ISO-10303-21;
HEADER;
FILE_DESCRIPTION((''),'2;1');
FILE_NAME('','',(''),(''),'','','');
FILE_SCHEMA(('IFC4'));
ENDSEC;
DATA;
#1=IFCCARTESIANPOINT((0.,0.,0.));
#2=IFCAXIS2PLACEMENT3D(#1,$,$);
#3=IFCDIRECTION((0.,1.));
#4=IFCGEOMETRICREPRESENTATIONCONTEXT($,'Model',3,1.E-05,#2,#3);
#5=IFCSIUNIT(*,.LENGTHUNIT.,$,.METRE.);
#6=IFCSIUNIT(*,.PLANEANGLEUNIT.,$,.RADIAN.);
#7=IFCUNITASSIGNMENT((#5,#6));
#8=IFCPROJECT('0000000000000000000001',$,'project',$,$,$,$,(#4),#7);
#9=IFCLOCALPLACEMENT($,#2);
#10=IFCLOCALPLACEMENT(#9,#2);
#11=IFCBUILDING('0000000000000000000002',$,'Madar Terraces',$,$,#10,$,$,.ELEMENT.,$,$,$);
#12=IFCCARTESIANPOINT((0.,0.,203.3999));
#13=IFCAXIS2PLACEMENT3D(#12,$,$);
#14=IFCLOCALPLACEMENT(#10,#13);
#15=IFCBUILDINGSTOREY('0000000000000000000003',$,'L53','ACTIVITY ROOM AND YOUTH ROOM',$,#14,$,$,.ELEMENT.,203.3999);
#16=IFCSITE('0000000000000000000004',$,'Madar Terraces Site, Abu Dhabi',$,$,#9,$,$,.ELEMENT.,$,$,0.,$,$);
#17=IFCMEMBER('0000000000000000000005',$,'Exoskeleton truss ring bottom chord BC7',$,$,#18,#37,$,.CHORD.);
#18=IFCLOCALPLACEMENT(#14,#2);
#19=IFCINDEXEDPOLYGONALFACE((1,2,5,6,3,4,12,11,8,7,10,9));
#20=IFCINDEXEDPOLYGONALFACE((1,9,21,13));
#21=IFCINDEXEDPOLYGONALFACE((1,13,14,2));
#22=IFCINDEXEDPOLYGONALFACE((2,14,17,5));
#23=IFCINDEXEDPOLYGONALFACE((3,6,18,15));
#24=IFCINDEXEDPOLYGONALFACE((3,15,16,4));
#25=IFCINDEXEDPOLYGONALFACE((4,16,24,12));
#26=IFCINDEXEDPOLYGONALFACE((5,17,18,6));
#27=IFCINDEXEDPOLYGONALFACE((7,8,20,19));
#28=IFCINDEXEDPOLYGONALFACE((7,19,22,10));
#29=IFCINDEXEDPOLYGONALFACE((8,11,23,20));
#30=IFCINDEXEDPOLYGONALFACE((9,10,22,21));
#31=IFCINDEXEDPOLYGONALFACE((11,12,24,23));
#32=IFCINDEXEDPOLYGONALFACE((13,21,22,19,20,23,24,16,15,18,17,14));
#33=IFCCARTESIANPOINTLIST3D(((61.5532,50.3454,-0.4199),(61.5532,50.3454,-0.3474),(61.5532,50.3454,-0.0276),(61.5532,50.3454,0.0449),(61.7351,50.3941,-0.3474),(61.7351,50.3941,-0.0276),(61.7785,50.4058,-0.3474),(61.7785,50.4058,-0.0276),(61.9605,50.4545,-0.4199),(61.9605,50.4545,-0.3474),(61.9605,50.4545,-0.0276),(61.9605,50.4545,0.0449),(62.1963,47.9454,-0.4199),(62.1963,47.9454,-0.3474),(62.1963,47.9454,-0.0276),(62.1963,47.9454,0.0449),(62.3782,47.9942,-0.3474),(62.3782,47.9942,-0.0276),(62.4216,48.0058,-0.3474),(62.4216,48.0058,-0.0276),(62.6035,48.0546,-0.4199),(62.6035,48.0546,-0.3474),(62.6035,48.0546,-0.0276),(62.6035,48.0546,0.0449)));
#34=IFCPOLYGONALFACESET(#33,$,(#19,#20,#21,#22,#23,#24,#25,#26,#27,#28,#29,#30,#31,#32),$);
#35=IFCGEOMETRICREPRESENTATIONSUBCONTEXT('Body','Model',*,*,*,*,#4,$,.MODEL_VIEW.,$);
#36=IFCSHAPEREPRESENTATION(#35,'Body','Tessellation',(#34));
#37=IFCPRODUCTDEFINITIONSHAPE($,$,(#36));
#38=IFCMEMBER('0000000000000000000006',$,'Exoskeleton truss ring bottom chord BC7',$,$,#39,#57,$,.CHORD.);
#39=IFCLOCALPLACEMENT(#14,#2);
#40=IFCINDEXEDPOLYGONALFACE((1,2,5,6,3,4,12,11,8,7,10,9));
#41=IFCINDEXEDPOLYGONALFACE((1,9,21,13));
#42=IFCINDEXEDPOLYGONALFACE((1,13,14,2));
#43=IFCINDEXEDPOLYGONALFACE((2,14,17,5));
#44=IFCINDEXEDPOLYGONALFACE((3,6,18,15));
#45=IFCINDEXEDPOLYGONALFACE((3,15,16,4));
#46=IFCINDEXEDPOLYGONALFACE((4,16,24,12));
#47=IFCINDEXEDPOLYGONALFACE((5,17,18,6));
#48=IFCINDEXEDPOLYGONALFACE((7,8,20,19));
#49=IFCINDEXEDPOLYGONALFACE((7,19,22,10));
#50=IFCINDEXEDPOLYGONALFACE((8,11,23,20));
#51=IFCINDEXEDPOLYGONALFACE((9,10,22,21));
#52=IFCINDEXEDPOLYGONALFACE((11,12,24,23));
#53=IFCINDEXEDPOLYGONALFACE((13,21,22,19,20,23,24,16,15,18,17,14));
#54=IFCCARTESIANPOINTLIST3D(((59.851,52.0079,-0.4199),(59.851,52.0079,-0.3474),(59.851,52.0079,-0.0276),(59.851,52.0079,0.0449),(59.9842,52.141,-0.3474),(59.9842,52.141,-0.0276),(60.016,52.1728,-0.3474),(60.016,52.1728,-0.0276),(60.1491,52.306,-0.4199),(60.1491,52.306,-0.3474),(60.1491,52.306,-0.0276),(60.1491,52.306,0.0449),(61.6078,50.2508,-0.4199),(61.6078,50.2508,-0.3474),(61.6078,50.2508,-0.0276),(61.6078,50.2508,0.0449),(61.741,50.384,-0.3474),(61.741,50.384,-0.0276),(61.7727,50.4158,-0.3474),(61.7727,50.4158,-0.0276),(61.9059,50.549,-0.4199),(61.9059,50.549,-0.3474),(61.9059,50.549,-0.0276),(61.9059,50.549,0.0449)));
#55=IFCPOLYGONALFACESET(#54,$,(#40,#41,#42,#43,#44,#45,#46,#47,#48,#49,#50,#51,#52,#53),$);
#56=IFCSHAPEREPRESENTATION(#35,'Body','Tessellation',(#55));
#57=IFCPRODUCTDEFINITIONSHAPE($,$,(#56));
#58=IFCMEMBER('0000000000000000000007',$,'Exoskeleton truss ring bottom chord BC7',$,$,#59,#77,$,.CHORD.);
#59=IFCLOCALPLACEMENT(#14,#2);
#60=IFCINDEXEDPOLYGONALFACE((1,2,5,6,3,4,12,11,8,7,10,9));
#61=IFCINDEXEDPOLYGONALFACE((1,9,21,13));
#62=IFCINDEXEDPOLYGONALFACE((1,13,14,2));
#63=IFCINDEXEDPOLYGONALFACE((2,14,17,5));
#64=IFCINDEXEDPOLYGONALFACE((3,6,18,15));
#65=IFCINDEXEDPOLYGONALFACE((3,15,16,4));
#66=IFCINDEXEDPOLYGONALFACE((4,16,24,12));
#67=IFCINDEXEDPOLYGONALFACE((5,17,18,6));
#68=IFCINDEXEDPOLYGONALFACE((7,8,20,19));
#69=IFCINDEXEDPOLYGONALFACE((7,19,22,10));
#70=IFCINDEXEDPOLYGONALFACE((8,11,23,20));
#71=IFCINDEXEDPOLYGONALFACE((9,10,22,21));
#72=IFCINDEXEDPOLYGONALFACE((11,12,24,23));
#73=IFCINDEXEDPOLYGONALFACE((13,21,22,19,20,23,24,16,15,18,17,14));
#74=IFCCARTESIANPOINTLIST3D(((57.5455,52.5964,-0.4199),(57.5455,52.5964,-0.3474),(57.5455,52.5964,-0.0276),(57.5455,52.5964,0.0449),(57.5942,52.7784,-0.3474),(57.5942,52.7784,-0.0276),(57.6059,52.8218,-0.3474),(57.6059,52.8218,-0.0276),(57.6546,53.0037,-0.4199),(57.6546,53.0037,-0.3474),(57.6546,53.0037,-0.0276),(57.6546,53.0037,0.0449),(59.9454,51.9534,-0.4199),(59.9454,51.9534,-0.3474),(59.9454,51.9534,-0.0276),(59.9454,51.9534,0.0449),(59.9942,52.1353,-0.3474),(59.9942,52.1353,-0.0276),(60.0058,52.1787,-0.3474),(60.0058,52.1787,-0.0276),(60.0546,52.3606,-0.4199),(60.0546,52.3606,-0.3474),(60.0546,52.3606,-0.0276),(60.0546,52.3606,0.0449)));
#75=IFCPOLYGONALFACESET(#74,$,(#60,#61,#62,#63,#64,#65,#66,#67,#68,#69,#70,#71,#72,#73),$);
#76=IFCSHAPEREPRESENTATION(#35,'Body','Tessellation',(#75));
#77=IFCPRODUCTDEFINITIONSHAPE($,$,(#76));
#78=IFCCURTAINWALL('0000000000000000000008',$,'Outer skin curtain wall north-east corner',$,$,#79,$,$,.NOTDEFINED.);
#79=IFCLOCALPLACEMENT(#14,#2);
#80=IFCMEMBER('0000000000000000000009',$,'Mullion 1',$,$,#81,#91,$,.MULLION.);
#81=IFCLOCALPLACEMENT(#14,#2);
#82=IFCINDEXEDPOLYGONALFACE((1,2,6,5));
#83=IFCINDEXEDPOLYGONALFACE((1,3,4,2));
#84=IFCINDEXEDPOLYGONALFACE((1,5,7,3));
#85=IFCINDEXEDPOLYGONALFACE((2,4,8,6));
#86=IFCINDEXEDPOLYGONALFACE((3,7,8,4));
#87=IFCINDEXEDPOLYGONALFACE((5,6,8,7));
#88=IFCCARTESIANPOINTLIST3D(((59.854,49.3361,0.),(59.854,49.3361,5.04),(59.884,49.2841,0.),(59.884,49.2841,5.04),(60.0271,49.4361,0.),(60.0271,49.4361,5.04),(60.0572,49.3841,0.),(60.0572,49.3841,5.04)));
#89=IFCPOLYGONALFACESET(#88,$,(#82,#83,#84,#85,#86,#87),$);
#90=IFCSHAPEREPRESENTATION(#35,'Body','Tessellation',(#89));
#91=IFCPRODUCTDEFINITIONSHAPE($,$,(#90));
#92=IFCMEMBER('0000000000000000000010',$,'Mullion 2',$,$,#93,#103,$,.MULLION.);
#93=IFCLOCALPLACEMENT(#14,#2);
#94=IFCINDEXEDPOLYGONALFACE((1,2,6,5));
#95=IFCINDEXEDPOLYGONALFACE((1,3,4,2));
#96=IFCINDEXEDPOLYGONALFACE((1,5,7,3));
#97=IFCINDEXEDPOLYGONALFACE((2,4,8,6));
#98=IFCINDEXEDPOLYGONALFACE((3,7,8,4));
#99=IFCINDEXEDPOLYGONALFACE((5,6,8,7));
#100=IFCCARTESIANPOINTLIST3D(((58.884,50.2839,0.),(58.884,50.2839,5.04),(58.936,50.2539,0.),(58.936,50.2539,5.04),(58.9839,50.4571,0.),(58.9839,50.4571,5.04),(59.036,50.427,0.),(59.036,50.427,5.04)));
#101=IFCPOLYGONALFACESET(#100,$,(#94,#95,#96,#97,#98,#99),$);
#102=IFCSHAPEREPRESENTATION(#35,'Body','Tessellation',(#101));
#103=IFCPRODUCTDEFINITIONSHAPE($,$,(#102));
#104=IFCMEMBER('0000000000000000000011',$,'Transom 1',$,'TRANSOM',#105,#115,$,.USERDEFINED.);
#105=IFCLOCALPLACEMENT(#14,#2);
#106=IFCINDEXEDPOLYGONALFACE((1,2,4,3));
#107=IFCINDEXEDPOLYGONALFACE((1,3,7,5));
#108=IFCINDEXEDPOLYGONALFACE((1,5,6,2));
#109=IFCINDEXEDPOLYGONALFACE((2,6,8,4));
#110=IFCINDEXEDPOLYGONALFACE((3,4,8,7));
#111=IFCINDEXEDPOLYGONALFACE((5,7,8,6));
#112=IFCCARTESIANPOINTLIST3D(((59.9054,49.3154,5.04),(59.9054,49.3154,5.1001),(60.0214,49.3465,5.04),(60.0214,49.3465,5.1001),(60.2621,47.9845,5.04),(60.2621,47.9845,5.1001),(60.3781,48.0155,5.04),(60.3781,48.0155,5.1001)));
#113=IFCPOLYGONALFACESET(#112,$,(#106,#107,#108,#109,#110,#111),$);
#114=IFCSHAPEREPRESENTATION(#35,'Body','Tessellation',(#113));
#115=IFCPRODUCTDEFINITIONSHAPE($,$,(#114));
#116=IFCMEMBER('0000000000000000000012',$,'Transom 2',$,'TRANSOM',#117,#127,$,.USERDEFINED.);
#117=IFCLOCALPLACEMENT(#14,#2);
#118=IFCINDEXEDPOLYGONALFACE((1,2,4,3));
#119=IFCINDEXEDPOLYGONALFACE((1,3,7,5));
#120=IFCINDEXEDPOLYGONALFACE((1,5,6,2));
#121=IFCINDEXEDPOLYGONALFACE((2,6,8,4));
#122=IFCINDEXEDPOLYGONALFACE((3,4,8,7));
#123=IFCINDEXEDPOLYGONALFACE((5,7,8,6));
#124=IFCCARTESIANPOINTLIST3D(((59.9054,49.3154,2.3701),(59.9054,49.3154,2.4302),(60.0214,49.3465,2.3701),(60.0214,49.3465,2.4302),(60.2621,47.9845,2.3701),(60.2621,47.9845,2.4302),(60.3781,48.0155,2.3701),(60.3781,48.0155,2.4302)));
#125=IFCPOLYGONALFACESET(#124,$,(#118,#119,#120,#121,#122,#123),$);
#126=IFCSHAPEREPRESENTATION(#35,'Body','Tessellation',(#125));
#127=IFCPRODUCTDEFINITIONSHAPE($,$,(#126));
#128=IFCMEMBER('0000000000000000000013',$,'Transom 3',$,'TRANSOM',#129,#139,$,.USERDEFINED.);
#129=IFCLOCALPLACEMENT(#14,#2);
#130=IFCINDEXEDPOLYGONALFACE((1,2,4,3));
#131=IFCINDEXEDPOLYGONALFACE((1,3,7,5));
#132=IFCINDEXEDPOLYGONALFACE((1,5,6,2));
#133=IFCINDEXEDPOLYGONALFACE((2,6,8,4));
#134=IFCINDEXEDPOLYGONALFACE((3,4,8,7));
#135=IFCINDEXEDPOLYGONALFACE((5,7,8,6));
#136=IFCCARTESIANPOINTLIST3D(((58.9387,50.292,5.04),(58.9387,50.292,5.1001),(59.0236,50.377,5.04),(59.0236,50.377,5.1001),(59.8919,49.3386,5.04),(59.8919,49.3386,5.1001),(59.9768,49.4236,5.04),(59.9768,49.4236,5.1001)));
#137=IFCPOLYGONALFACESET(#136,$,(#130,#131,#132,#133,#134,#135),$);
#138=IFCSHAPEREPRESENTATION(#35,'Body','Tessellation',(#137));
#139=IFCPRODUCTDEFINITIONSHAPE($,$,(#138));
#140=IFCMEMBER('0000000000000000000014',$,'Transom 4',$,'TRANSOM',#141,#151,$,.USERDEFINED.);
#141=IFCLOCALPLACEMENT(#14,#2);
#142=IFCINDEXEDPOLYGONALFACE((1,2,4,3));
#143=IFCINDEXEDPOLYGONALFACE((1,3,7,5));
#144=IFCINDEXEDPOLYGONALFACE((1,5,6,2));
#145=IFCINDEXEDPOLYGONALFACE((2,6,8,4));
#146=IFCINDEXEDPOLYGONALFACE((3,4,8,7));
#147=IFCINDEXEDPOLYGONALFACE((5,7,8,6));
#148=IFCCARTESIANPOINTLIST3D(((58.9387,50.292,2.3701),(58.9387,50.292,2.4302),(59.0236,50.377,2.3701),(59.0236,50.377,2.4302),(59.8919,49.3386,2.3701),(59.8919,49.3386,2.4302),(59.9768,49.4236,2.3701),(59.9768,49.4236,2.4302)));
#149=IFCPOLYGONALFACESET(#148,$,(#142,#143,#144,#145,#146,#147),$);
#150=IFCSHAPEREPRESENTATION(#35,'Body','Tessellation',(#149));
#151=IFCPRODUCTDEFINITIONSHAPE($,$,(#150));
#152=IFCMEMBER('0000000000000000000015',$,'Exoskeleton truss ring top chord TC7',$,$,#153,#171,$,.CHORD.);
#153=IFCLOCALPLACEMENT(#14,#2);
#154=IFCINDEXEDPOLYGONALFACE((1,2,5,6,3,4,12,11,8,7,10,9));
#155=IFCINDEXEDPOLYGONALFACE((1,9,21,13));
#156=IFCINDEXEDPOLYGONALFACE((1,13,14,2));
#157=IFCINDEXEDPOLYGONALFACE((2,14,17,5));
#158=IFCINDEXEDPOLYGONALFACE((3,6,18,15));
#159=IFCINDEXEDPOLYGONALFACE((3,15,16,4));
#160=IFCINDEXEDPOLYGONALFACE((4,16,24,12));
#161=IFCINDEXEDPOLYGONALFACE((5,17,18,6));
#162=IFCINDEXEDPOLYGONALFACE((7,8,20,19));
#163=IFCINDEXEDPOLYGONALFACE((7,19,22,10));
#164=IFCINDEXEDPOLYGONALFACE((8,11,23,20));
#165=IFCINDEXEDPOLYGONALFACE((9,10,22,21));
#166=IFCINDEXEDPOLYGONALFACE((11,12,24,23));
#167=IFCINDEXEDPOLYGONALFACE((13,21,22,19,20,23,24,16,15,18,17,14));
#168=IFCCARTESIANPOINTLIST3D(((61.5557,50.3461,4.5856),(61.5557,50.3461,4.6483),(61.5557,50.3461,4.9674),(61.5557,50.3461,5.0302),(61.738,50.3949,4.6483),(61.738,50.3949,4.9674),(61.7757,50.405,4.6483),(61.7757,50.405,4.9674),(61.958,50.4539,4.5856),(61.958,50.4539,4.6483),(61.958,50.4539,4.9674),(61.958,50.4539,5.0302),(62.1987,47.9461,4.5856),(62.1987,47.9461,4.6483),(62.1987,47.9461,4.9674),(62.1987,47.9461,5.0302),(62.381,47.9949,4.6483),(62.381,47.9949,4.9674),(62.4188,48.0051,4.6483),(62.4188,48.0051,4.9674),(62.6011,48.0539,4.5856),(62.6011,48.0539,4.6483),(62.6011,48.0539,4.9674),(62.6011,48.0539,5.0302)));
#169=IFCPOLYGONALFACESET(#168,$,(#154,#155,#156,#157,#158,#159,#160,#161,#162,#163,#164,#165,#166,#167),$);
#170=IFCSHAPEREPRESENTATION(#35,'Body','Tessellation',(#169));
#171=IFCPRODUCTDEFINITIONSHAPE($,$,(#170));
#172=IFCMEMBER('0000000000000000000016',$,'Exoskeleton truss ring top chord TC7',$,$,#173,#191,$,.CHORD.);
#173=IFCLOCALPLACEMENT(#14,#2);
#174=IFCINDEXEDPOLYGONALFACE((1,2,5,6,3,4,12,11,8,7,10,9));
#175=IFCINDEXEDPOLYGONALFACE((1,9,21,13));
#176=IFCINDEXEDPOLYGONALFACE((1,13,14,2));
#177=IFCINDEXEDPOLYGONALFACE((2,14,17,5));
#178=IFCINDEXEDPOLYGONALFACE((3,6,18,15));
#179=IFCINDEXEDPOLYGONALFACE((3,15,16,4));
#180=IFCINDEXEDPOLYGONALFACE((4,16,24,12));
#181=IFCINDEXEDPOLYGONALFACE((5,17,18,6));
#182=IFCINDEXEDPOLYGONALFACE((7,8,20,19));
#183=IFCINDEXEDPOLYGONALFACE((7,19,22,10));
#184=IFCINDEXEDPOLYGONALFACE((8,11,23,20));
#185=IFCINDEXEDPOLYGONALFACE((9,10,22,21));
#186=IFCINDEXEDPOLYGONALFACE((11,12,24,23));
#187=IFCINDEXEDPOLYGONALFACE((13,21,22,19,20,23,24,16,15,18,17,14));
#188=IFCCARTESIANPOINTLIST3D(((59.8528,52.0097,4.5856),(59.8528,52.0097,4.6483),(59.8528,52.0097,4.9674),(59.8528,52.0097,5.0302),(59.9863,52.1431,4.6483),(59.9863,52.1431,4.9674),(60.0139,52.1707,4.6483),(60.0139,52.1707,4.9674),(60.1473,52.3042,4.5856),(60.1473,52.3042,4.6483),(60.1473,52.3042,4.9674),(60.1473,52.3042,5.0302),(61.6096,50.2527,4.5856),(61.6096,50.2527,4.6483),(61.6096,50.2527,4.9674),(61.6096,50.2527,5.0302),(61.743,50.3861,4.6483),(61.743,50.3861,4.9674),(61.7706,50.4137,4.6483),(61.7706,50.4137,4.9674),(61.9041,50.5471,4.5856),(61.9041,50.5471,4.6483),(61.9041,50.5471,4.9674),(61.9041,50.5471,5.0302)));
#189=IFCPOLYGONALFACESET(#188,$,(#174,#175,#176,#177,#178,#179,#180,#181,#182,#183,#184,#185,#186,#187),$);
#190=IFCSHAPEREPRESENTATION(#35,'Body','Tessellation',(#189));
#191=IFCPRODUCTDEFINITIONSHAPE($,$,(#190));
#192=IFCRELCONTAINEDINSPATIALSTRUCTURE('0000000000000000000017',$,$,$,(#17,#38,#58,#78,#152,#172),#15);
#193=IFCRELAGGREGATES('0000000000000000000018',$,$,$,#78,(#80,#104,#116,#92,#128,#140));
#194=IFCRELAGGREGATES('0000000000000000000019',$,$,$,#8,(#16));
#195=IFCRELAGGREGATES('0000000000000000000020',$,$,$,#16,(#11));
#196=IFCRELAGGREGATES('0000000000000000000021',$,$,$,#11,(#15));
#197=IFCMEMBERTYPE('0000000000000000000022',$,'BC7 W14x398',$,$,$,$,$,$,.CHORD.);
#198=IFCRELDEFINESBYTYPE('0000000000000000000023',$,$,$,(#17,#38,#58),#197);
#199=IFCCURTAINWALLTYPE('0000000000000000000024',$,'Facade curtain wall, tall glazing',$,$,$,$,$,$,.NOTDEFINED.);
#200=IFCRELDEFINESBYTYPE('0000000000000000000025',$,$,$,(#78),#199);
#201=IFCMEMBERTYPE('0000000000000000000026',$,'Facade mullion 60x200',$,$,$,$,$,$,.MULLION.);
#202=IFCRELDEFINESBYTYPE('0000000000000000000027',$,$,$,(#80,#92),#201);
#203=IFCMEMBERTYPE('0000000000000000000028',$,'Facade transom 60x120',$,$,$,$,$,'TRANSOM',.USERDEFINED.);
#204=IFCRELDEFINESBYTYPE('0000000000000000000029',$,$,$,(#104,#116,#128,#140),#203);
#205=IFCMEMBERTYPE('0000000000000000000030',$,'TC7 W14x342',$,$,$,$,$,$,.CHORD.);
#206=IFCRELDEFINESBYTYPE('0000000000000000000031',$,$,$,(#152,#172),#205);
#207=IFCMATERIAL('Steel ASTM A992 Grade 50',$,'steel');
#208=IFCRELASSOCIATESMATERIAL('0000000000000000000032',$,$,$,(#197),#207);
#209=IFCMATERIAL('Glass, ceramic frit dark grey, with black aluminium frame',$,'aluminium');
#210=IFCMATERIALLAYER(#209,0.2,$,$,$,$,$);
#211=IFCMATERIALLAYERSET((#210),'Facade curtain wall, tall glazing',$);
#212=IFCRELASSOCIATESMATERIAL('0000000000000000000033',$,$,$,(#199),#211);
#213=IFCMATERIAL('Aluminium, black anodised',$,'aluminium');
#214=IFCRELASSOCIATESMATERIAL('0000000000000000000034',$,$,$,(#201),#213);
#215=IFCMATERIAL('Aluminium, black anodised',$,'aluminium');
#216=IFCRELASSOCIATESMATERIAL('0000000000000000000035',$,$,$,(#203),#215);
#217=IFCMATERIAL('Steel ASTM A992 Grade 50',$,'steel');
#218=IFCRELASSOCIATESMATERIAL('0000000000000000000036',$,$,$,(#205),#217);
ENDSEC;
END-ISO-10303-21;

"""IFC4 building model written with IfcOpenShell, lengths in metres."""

from ifc_helpers import new_model, si_unit, direction, frame, origin, origin_2d, place, context, subcontext, project, spatial, rectangle, i_section, extrude, material, layer, layer_set, material_profile, profile_set, type_object, element, aggregate, save


model = new_model("IFC4")

# Units and contexts
model_context = context("Model", 3, precision=1e-05, world=origin(), true_north=direction((0.0, 1.0)))
body_context = subcontext(model_context, "Body", "Model", "MODEL_VIEW")
ifc_project = project(units=[si_unit("LENGTHUNIT", "METRE"), si_unit("PLANEANGLEUNIT", "RADIAN")], contexts=[model_context])

# Site, building, storey
site_placement = place(None, origin())
site = spatial("IfcSite", under=ifc_project, at=site_placement, Name="Madar Terraces Site, Abu Dhabi", CompositionType="ELEMENT", RefElevation=0.0)
building_placement = place(site_placement, origin())
building = spatial("IfcBuilding", under=site, at=building_placement, Name="Madar Terraces", CompositionType="ELEMENT")
storey_placement = place(building_placement, frame((0.0, 0.0, 203.3999)))
storey = spatial("IfcBuildingStorey", under=building, at=storey_placement, Name="L53", Description="ACTIVITY ROOM AND YOUTH ROOM", CompositionType="ELEMENT", Elevation=203.3999)

# Members
ifc_material_1 = material(Name="Steel ASTM A992 Grade 50", Category="steel")
ifc_material_profile_1 = material_profile(ifc_material_1, i_section(OverallWidth=0.4216, OverallDepth=0.4648, WebThickness=0.0449, FlangeThickness=0.0725, at=origin_2d()), Name="W14x398")
ifc_profile_set_1 = profile_set([ifc_material_profile_1], Name="Steel ASTM A992 Grade 50")
member_type_1 = type_object("IfcMemberType", Name="BC7 W14x398", PredefinedType="CHORD", material=ifc_profile_set_1)
for number, where, z_axis, x_axis, name in (
    (1, (62.3999, 48.0, -0.1875), (-0.258824, 0.965924, 0.0), (-0.965924, -0.258824, 0.0), "Exoskeleton truss ring bottom chord BC7"),
    (2, (61.7568, 50.3999, -0.1875), (-0.707058, 0.707156, 0.0), (-0.707156, -0.707058, 0.0), "Exoskeleton truss ring bottom chord BC7"),
    (3, (60.0, 52.157, -0.1875), (-0.965924, 0.258824, 0.0), (-0.258824, -0.965924, 0.0), "Exoskeleton truss ring bottom chord BC7"),
):
    element("IfcMember", number, at=place(storey_placement, frame(where, z_axis=z_axis, x_axis=x_axis)), inside=storey, type_object=member_type_1, Name=name, PredefinedType="CHORD", context=body_context, shape_type="SweptSolid", body=[
        extrude(i_section(OverallWidth=0.4216, OverallDepth=0.4648, WebThickness=0.0449, FlangeThickness=0.0725, at=origin_2d()), origin(), (0.0, 0.0, 1.0), 2.4846),
    ])

# Curtain wall, members
ifc_material_2 = material(Name="Glass, ceramic frit dark grey, with black aluminium frame", Category="aluminium")
ifc_layer_1 = layer(ifc_material_2, 0.2)
ifc_layer_set_1 = layer_set([ifc_layer_1], Name="Facade curtain wall, tall glazing")
curtain_wall_type = type_object("IfcCurtainWallType", Name="Facade curtain wall, tall glazing", PredefinedType="NOTDEFINED", material=ifc_layer_set_1)
curtain_wall_1_placement = place(storey_placement, origin())
curtain_wall_1 = element("IfcCurtainWall", 4, at=curtain_wall_1_placement, inside=storey, type_object=curtain_wall_type, Name="Outer skin curtain wall north-east corner", PredefinedType="NOTDEFINED")
ifc_material_3 = material(Name="Aluminium, black anodised", Category="aluminium")
ifc_material_profile_2 = material_profile(ifc_material_3, rectangle(XDim=0.2, YDim=0.0601, at=origin_2d()), Name="Facade mullion 60x200")
ifc_profile_set_2 = profile_set([ifc_material_profile_2], Name="Aluminium, black anodised")
member_type_2 = type_object("IfcMemberType", Name="Facade mullion 60x200", PredefinedType="MULLION", material=ifc_profile_set_2)
member_1_placement = place(storey_placement, frame((59.9556, 49.3601, 0.0), z_axis=(0.0, 0.0, 1.0), x_axis=(-0.866025, -0.5, 0.0)))
member_1 = element("IfcMember", 5, at=member_1_placement, type_object=member_type_2, Name="Mullion 1", PredefinedType="MULLION", context=body_context, shape_type="SweptSolid", body=[
    extrude(rectangle(XDim=0.2, YDim=0.0601, at=origin_2d()), origin(), (0.0, 0.0, 1.0), 5.04),
])
member_2_placement = place(storey_placement, frame((58.96, 50.3555, 0.0), z_axis=(0.0, 0.0, 1.0), x_axis=(-0.5, -0.866025, 0.0)))
member_2 = element("IfcMember", 6, at=member_2_placement, type_object=member_type_2, Name="Mullion 2", PredefinedType="MULLION", context=body_context, shape_type="SweptSolid", body=[
    extrude(rectangle(XDim=0.2, YDim=0.0601, at=origin_2d()), origin(), (0.0, 0.0, 1.0), 5.04),
])
ifc_material_4 = material(Name="Aluminium, black anodised", Category="aluminium")
ifc_material_profile_3 = material_profile(ifc_material_4, rectangle(XDim=0.1201, YDim=0.0601, at=origin_2d()), Name="Facade transom 60x120")
ifc_profile_set_3 = profile_set([ifc_material_profile_3], Name="Aluminium, black anodised")
member_type_3 = type_object("IfcMemberType", Name="Facade transom 60x120", ElementType="TRANSOM", PredefinedType="USERDEFINED", material=ifc_profile_set_3)
member_3_placement = place(storey_placement, frame((60.3201, 48.0, 5.0701), z_axis=(-0.258842, 0.96592, 0.0), x_axis=(-0.96592, -0.258842, 0.0)))
member_3 = element("IfcMember", 7, at=member_3_placement, type_object=member_type_3, Name="Transom 1", ObjectType="TRANSOM", PredefinedType="USERDEFINED", context=body_context, shape_type="SweptSolid", body=[
    extrude(rectangle(XDim=0.1201, YDim=0.0601, at=origin_2d()), origin(), (0.0, 0.0, 1.0), 1.3779),
])
member_4_placement = place(storey_placement, frame((60.3201, 48.0, 2.4001), z_axis=(-0.258842, 0.96592, 0.0), x_axis=(-0.96592, -0.258842, 0.0)))
member_4 = element("IfcMember", 8, at=member_4_placement, type_object=member_type_3, Name="Transom 2", ObjectType="TRANSOM", PredefinedType="USERDEFINED", context=body_context, shape_type="SweptSolid", body=[
    extrude(rectangle(XDim=0.1201, YDim=0.0601, at=origin_2d()), origin(), (0.0, 0.0, 1.0), 1.3779),
])
member_5_placement = place(storey_placement, frame((59.9343, 49.3811, 5.0701), z_axis=(-0.707016, 0.707197, 0.0), x_axis=(-0.707197, -0.707016, 0.0)))
member_5 = element("IfcMember", 9, at=member_5_placement, type_object=member_type_3, Name="Transom 3", ObjectType="TRANSOM", PredefinedType="USERDEFINED", context=body_context, shape_type="SweptSolid", body=[
    extrude(rectangle(XDim=0.1201, YDim=0.0601, at=origin_2d()), origin(), (0.0, 0.0, 1.0), 1.3481),
])
member_6_placement = place(storey_placement, frame((59.9343, 49.3811, 2.4001), z_axis=(-0.707016, 0.707197, 0.0), x_axis=(-0.707197, -0.707016, 0.0)))
member_6 = element("IfcMember", 10, at=member_6_placement, type_object=member_type_3, Name="Transom 4", ObjectType="TRANSOM", PredefinedType="USERDEFINED", context=body_context, shape_type="SweptSolid", body=[
    extrude(rectangle(XDim=0.1201, YDim=0.0601, at=origin_2d()), origin(), (0.0, 0.0, 1.0), 1.3481),
])

# Members
ifc_material_5 = material(Name="Steel ASTM A992 Grade 50", Category="steel")
ifc_material_profile_4 = material_profile(ifc_material_5, i_section(OverallWidth=0.4165, OverallDepth=0.4446, WebThickness=0.0391, FlangeThickness=0.0627, at=origin_2d()), Name="W14x342")
ifc_profile_set_4 = profile_set([ifc_material_profile_4], Name="Steel ASTM A992 Grade 50")
member_type_4 = type_object("IfcMemberType", Name="TC7 W14x342", PredefinedType="CHORD", material=ifc_profile_set_4)
for number, where, z_axis, x_axis, name in (
    (11, (62.3999, 48.0, 4.8079), (-0.258824, 0.965924, 0.0), (-0.965924, -0.258824, 0.0), "Exoskeleton truss ring top chord TC7"),
    (12, (61.7568, 50.3999, 4.8079), (-0.707058, 0.707156, 0.0), (-0.707156, -0.707058, 0.0), "Exoskeleton truss ring top chord TC7"),
):
    element("IfcMember", number, at=place(storey_placement, frame(where, z_axis=z_axis, x_axis=x_axis)), inside=storey, type_object=member_type_4, Name=name, PredefinedType="CHORD", context=body_context, shape_type="SweptSolid", body=[
        extrude(i_section(OverallWidth=0.4165, OverallDepth=0.4446, WebThickness=0.0391, FlangeThickness=0.0627, at=origin_2d()), origin(), (0.0, 0.0, 1.0), 2.4846),
    ])

aggregate(curtain_wall_1, [member_1, member_3, member_4, member_2, member_5, member_6])

save(model, "model.ifc")
